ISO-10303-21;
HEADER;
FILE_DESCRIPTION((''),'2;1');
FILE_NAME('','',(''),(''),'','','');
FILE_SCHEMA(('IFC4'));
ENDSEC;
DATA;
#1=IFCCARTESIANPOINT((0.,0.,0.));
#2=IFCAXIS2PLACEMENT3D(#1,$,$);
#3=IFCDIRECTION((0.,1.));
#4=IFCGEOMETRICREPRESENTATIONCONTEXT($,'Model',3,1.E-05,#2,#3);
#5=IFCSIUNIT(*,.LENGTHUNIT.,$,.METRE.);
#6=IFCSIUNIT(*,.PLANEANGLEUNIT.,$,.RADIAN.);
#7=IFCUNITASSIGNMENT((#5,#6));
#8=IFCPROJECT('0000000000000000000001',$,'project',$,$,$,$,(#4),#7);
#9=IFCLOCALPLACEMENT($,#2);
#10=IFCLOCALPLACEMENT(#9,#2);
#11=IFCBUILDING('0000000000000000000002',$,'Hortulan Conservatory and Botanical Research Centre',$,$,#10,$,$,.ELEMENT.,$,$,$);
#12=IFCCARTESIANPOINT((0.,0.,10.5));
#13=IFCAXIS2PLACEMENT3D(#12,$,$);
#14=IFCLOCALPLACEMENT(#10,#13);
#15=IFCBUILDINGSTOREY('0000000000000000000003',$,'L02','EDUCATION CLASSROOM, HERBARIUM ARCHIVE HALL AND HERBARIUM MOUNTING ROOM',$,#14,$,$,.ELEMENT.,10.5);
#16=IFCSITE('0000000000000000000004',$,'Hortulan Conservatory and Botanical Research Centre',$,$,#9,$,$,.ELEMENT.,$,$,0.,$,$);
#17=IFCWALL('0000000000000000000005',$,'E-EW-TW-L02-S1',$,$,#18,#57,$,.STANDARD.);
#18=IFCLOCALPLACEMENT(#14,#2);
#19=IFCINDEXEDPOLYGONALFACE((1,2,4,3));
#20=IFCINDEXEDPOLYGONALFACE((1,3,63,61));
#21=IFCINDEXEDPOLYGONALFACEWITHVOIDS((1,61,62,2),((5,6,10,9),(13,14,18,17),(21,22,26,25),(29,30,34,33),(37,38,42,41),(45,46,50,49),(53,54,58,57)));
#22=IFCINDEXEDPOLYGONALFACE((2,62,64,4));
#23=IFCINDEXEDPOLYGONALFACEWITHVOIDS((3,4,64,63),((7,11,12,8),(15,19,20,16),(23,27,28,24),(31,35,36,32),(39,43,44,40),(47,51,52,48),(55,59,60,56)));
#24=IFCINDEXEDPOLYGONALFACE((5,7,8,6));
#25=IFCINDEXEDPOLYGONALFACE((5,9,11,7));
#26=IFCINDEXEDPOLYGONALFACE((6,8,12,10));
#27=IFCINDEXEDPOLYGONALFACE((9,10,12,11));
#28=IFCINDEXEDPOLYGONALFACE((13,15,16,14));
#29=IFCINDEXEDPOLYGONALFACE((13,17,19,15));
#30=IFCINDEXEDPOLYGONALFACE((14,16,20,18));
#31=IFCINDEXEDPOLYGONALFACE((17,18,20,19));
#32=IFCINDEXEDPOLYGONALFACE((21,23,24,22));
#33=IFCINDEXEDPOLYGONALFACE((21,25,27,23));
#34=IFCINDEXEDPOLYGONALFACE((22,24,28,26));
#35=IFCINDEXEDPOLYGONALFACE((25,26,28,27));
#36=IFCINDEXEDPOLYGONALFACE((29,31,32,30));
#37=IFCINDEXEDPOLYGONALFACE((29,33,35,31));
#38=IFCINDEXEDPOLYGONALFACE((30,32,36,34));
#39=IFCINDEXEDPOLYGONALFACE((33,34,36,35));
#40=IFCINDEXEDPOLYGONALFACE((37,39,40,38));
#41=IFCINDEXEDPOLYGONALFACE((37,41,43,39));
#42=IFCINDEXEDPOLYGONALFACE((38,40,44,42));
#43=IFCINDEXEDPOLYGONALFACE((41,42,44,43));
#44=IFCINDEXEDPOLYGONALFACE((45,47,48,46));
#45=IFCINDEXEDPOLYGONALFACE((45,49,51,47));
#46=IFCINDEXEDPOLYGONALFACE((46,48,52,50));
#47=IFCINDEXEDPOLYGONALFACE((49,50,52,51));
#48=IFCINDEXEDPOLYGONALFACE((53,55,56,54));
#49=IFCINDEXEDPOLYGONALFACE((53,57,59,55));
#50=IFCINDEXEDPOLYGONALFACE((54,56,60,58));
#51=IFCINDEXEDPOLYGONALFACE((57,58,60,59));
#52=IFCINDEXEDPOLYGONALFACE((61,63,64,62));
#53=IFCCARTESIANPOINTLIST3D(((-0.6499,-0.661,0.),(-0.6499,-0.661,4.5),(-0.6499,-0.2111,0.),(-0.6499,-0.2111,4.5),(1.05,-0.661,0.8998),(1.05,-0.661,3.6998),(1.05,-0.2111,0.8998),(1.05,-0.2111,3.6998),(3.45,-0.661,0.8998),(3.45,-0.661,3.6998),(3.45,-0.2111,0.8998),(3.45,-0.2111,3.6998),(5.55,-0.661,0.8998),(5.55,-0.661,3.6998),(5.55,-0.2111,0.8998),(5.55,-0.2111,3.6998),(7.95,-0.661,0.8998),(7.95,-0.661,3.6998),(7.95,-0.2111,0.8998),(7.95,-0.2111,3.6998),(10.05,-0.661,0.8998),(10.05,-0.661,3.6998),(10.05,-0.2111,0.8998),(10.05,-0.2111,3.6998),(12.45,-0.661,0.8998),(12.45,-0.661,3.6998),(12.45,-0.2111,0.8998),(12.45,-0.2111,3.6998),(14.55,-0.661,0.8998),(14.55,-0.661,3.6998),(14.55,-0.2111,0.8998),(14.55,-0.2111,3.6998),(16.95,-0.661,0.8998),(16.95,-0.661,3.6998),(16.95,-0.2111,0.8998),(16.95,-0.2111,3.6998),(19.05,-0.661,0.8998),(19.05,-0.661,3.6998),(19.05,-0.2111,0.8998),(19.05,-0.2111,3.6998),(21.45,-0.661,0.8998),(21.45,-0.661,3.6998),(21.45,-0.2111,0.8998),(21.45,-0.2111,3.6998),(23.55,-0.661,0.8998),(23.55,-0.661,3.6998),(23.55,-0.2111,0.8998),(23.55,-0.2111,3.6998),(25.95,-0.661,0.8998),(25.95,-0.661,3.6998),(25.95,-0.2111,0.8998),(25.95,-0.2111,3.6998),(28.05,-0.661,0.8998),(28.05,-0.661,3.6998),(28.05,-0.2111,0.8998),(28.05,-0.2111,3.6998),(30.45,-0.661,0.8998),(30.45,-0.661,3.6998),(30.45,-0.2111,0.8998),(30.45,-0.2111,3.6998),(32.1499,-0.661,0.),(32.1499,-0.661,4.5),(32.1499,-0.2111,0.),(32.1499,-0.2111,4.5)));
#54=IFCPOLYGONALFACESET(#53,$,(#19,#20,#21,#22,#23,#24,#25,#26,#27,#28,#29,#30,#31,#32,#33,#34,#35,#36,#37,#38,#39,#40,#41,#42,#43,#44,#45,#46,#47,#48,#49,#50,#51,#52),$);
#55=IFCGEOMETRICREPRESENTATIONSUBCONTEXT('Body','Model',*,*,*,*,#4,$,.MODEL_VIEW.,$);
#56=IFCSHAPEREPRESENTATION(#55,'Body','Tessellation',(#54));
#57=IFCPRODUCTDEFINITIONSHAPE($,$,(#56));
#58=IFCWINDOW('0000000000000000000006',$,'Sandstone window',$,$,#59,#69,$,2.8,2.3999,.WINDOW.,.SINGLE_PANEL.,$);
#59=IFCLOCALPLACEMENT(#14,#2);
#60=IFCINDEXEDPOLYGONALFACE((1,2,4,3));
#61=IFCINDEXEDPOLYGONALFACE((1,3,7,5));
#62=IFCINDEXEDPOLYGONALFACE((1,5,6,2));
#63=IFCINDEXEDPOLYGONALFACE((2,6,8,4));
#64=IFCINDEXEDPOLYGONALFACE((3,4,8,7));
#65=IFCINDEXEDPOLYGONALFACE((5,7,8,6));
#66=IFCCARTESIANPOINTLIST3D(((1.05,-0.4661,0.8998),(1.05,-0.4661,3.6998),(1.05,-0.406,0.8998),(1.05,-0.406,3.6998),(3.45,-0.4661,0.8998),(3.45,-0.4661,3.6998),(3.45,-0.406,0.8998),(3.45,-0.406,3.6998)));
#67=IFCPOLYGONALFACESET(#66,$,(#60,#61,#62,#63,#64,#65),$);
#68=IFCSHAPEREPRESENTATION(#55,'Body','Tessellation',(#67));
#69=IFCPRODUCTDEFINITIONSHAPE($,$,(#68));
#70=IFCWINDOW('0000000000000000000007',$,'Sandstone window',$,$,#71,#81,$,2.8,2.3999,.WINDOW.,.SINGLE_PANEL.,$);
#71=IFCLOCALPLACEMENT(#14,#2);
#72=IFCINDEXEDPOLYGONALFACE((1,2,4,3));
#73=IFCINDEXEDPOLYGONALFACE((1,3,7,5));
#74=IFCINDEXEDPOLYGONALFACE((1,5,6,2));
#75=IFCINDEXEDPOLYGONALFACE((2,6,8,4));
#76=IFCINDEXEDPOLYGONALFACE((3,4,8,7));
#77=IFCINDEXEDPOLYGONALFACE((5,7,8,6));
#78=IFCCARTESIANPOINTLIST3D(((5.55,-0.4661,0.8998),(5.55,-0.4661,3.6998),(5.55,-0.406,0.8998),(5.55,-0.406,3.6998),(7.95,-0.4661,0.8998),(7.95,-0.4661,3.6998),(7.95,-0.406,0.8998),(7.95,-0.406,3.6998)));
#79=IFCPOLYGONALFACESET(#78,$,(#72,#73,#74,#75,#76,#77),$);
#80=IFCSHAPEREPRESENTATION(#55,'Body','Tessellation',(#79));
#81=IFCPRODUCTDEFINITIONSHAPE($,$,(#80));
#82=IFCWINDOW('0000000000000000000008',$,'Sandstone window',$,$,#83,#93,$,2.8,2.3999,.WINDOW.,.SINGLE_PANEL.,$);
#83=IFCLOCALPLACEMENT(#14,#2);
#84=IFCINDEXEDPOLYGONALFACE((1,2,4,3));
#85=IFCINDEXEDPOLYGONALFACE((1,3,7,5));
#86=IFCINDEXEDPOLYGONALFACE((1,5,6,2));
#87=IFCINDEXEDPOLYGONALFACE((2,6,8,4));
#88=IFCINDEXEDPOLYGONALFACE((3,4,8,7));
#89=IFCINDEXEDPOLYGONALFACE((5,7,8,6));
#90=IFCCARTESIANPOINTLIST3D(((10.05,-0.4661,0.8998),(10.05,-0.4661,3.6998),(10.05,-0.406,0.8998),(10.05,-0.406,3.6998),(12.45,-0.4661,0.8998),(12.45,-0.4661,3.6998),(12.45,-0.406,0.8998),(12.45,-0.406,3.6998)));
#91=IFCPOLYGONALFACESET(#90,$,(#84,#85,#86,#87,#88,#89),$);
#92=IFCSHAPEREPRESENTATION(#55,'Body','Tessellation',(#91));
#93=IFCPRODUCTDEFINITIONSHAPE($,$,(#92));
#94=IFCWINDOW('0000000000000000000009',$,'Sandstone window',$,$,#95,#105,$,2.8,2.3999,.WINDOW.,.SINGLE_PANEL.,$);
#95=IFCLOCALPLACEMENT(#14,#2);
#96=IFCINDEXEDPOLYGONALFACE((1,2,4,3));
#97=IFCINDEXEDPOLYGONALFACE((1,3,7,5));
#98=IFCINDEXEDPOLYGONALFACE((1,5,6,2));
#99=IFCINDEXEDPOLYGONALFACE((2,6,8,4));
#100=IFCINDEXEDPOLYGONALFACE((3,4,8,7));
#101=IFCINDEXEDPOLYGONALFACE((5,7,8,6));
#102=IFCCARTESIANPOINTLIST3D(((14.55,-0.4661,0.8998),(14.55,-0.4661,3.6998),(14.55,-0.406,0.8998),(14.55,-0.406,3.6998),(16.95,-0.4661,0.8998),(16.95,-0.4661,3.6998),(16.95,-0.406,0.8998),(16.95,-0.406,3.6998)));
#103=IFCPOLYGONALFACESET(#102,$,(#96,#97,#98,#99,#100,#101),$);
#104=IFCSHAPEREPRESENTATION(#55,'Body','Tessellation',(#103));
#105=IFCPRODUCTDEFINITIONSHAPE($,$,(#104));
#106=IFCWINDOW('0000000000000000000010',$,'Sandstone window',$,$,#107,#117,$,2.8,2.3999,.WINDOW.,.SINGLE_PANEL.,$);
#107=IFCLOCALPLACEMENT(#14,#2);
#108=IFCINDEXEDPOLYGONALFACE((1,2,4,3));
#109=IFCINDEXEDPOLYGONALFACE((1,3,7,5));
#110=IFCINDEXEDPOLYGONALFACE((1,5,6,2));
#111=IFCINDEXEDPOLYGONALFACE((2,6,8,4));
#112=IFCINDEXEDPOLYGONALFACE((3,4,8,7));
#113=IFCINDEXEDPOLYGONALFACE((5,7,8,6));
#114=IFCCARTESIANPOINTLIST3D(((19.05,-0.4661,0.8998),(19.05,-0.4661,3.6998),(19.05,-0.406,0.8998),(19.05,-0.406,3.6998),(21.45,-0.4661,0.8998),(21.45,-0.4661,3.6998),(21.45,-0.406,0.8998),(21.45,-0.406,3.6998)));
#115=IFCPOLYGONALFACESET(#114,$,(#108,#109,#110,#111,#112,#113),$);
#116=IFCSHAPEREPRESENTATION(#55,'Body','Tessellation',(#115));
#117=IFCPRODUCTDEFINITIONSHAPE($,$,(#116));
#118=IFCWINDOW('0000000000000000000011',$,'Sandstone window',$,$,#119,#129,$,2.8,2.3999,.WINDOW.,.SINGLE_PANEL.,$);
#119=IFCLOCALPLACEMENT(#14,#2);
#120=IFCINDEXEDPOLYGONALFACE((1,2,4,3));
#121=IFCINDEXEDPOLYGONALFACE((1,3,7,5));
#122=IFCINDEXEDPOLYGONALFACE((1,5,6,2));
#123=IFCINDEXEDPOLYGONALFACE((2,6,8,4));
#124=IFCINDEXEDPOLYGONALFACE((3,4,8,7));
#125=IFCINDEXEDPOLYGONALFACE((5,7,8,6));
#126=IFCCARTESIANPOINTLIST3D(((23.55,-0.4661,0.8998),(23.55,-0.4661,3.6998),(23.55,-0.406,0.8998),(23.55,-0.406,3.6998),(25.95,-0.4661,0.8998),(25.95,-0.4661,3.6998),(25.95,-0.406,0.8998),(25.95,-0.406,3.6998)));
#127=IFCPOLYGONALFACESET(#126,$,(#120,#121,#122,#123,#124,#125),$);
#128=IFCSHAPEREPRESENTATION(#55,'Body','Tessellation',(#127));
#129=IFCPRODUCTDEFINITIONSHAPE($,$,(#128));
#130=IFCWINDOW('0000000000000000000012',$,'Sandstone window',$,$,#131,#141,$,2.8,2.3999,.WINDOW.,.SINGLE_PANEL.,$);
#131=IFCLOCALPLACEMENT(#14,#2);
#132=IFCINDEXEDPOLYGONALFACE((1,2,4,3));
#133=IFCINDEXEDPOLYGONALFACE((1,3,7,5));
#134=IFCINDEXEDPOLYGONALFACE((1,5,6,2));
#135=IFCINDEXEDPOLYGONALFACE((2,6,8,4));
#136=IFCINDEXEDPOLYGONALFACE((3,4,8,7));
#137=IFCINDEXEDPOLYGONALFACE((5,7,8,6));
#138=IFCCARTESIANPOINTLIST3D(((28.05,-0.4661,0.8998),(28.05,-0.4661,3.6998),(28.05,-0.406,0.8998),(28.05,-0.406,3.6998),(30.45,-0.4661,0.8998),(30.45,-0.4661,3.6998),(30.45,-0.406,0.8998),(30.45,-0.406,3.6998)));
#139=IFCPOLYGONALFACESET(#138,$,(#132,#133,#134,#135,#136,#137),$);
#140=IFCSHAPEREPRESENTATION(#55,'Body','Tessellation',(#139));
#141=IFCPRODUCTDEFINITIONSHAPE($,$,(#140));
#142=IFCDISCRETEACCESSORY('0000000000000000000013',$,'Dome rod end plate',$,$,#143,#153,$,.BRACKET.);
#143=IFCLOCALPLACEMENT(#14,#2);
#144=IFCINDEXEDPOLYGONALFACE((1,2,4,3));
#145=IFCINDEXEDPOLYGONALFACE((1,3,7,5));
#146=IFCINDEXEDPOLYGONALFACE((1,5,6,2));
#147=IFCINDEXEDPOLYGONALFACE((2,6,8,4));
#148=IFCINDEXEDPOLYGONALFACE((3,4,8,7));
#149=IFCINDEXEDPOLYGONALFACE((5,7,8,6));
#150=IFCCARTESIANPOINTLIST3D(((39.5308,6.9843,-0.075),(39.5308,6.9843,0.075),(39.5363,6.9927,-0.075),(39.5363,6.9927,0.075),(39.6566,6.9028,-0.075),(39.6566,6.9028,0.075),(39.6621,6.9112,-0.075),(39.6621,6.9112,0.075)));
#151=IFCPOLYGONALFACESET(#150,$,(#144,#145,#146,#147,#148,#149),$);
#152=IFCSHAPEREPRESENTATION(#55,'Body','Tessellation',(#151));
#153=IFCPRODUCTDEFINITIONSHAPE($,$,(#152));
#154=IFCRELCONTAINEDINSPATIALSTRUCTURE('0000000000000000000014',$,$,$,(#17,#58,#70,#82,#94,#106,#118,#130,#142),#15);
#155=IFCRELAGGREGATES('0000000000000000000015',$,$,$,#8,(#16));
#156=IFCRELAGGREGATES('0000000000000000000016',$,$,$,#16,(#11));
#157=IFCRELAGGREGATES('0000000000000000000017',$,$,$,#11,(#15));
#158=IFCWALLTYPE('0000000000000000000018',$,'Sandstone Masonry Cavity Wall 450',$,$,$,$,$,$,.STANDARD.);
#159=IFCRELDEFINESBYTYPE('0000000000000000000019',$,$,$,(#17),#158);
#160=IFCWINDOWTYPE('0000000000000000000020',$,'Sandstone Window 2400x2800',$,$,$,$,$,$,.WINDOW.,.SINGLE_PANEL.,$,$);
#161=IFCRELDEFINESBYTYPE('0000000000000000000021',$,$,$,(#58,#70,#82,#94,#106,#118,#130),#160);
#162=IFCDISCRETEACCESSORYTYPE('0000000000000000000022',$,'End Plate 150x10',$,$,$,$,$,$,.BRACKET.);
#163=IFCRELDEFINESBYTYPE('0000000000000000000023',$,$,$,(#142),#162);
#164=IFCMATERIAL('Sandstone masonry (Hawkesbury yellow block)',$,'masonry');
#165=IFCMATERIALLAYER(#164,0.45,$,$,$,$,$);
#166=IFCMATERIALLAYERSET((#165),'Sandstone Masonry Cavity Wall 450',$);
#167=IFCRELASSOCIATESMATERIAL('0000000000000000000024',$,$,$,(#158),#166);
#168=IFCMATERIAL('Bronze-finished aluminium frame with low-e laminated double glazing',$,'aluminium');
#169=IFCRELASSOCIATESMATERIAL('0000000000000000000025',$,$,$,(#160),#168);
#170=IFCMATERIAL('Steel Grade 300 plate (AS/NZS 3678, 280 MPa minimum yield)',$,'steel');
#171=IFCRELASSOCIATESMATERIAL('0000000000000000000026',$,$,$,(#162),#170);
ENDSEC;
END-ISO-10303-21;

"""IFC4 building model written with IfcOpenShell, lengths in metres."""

from ifc_helpers import new_model, si_unit, direction, frame, frame_2d, origin, origin_2d, place, context, subcontext, project, spatial, rectangle, extrude, material, layer, layer_set, type_object, element, fill, save


model = new_model("IFC4")

# Units and contexts
model_context = context("Model", 3, precision=1e-05, world=origin(), true_north=direction((0.0, 1.0)))
body_context = subcontext(model_context, "Body", "Model", "MODEL_VIEW")
ifc_project = project(units=[si_unit("LENGTHUNIT", "METRE"), si_unit("PLANEANGLEUNIT", "RADIAN")], contexts=[model_context])

# Site, building, storey
site_placement = place(None, origin())
site = spatial("IfcSite", under=ifc_project, at=site_placement, Name="Hortulan Conservatory and Botanical Research Centre", CompositionType="ELEMENT", RefElevation=0.0)
building_placement = place(site_placement, origin())
building = spatial("IfcBuilding", under=site, at=building_placement, Name="Hortulan Conservatory and Botanical Research Centre", CompositionType="ELEMENT")
storey_placement = place(building_placement, frame((0.0, 0.0, 10.5)))
storey = spatial("IfcBuildingStorey", under=building, at=storey_placement, Name="L02", Description="EDUCATION CLASSROOM, HERBARIUM ARCHIVE HALL AND HERBARIUM MOUNTING ROOM", CompositionType="ELEMENT", Elevation=10.5)

# Wall, openings, windows
ifc_material_1 = material(Name="Sandstone masonry (Hawkesbury yellow block)", Category="masonry")
ifc_layer = layer(ifc_material_1, 0.45)
ifc_layer_set = layer_set([ifc_layer], Name="Sandstone Masonry Cavity Wall 450")
wall_type = type_object("IfcWallType", Name="Sandstone Masonry Cavity Wall 450", PredefinedType="STANDARD", material=ifc_layer_set)
wall_placement = place(storey_placement, frame((32.1499, -0.436, 0.0), z_axis=(0.0, 0.0, 1.0), x_axis=(-1.0, 0.0, 0.0)))
wall = element("IfcWall", 1, at=wall_placement, inside=storey, type_object=wall_type, Name="E-EW-TW-L02-S1", PredefinedType="STANDARD", context=body_context, shape_type="SweptSolid", body=[
    extrude(rectangle(XDim=32.7998, YDim=0.45, at=frame_2d((16.3999, 0.0))), origin(), (0.0, 0.0, 1.0), 4.5),
])
opening_1_placement = place(wall_placement, frame((28.7, 0.0, 0.8999)))
opening_1 = element("IfcOpeningElement", 2, at=opening_1_placement, cuts=wall, PredefinedType="OPENING", context=body_context, shape_type="SweptSolid", body=[
    extrude(rectangle(XDim=2.3999, YDim=2.8, at=frame_2d((1.2, 1.3999))), frame((0.0, 0.2349, 0.0), z_axis=(0.0, -1.0, 0.0), x_axis=(1.0, 0.0, 0.0)), (0.0, 0.0, 1.0), 0.47),
])
opening_2_placement = place(wall_placement, frame((24.2, 0.0, 0.8999)))
opening_2 = element("IfcOpeningElement", 3, at=opening_2_placement, cuts=wall, PredefinedType="OPENING", context=body_context, shape_type="SweptSolid", body=[
    extrude(rectangle(XDim=2.3999, YDim=2.8, at=frame_2d((1.2, 1.3999))), frame((0.0, 0.2349, 0.0), z_axis=(0.0, -1.0, 0.0), x_axis=(1.0, 0.0, 0.0)), (0.0, 0.0, 1.0), 0.47),
])
opening_3_placement = place(wall_placement, frame((19.7, 0.0, 0.8999)))
opening_3 = element("IfcOpeningElement", 4, at=opening_3_placement, cuts=wall, PredefinedType="OPENING", context=body_context, shape_type="SweptSolid", body=[
    extrude(rectangle(XDim=2.3999, YDim=2.8, at=frame_2d((1.2, 1.3999))), frame((0.0, 0.2349, 0.0), z_axis=(0.0, -1.0, 0.0), x_axis=(1.0, 0.0, 0.0)), (0.0, 0.0, 1.0), 0.47),
])
opening_4_placement = place(wall_placement, frame((15.2, 0.0, 0.8999)))
opening_4 = element("IfcOpeningElement", 5, at=opening_4_placement, cuts=wall, PredefinedType="OPENING", context=body_context, shape_type="SweptSolid", body=[
    extrude(rectangle(XDim=2.3999, YDim=2.8, at=frame_2d((1.2, 1.3999))), frame((0.0, 0.2349, 0.0), z_axis=(0.0, -1.0, 0.0), x_axis=(1.0, 0.0, 0.0)), (0.0, 0.0, 1.0), 0.47),
])
opening_5_placement = place(wall_placement, frame((10.7, 0.0, 0.8999)))
opening_5 = element("IfcOpeningElement", 6, at=opening_5_placement, cuts=wall, PredefinedType="OPENING", context=body_context, shape_type="SweptSolid", body=[
    extrude(rectangle(XDim=2.3999, YDim=2.8, at=frame_2d((1.2, 1.3999))), frame((0.0, 0.2349, 0.0), z_axis=(0.0, -1.0, 0.0), x_axis=(1.0, 0.0, 0.0)), (0.0, 0.0, 1.0), 0.47),
])
opening_6_placement = place(wall_placement, frame((6.2, 0.0, 0.8999)))
opening_6 = element("IfcOpeningElement", 7, at=opening_6_placement, cuts=wall, PredefinedType="OPENING", context=body_context, shape_type="SweptSolid", body=[
    extrude(rectangle(XDim=2.3999, YDim=2.8, at=frame_2d((1.2, 1.3999))), frame((0.0, 0.2349, 0.0), z_axis=(0.0, -1.0, 0.0), x_axis=(1.0, 0.0, 0.0)), (0.0, 0.0, 1.0), 0.47),
])
opening_7_placement = place(wall_placement, frame((1.7, 0.0, 0.8999)))
opening_7 = element("IfcOpeningElement", 8, at=opening_7_placement, cuts=wall, PredefinedType="OPENING", context=body_context, shape_type="SweptSolid", body=[
    extrude(rectangle(XDim=2.3999, YDim=2.8, at=frame_2d((1.2, 1.3999))), frame((0.0, 0.2349, 0.0), z_axis=(0.0, -1.0, 0.0), x_axis=(1.0, 0.0, 0.0)), (0.0, 0.0, 1.0), 0.47),
])
ifc_material_2 = material(Name="Bronze-finished aluminium frame with low-e laminated double glazing", Category="aluminium")
window_type = type_object("IfcWindowType", Name="Sandstone Window 2400x2800", PartitioningType="SINGLE_PANEL", PredefinedType="WINDOW", material=ifc_material_2)
window_1_placement = place(opening_1_placement, origin())
window_1 = element("IfcWindow", 9, at=window_1_placement, inside=storey, type_object=window_type, Name="Sandstone window", OverallHeight=2.8, OverallWidth=2.3999, PartitioningType="SINGLE_PANEL", PredefinedType="WINDOW", context=body_context, shape_type="SweptSolid", body=[
    extrude(rectangle(XDim=2.3999, YDim=2.8, at=frame_2d((1.2, 1.3999))), frame((0.0, 0.03, 0.0), z_axis=(0.0, -1.0, 0.0), x_axis=(1.0, 0.0, 0.0)), (0.0, 0.0, 1.0), 0.0601),
])
fill(opening_1, window_1)
window_2_placement = place(opening_2_placement, origin())
window_2 = element("IfcWindow", 10, at=window_2_placement, inside=storey, type_object=window_type, Name="Sandstone window", OverallHeight=2.8, OverallWidth=2.3999, PartitioningType="SINGLE_PANEL", PredefinedType="WINDOW", context=body_context, shape_type="SweptSolid", body=[
    extrude(rectangle(XDim=2.3999, YDim=2.8, at=frame_2d((1.2, 1.3999))), frame((0.0, 0.03, 0.0), z_axis=(0.0, -1.0, 0.0), x_axis=(1.0, 0.0, 0.0)), (0.0, 0.0, 1.0), 0.0601),
])
fill(opening_2, window_2)
window_3_placement = place(opening_3_placement, origin())
window_3 = element("IfcWindow", 11, at=window_3_placement, inside=storey, type_object=window_type, Name="Sandstone window", OverallHeight=2.8, OverallWidth=2.3999, PartitioningType="SINGLE_PANEL", PredefinedType="WINDOW", context=body_context, shape_type="SweptSolid", body=[
    extrude(rectangle(XDim=2.3999, YDim=2.8, at=frame_2d((1.2, 1.3999))), frame((0.0, 0.03, 0.0), z_axis=(0.0, -1.0, 0.0), x_axis=(1.0, 0.0, 0.0)), (0.0, 0.0, 1.0), 0.0601),
])
fill(opening_3, window_3)
window_4_placement = place(opening_4_placement, origin())
window_4 = element("IfcWindow", 12, at=window_4_placement, inside=storey, type_object=window_type, Name="Sandstone window", OverallHeight=2.8, OverallWidth=2.3999, PartitioningType="SINGLE_PANEL", PredefinedType="WINDOW", context=body_context, shape_type="SweptSolid", body=[
    extrude(rectangle(XDim=2.3999, YDim=2.8, at=frame_2d((1.2, 1.3999))), frame((0.0, 0.03, 0.0), z_axis=(0.0, -1.0, 0.0), x_axis=(1.0, 0.0, 0.0)), (0.0, 0.0, 1.0), 0.0601),
])
fill(opening_4, window_4)
window_5_placement = place(opening_5_placement, origin())
window_5 = element("IfcWindow", 13, at=window_5_placement, inside=storey, type_object=window_type, Name="Sandstone window", OverallHeight=2.8, OverallWidth=2.3999, PartitioningType="SINGLE_PANEL", PredefinedType="WINDOW", context=body_context, shape_type="SweptSolid", body=[
    extrude(rectangle(XDim=2.3999, YDim=2.8, at=frame_2d((1.2, 1.3999))), frame((0.0, 0.03, 0.0), z_axis=(0.0, -1.0, 0.0), x_axis=(1.0, 0.0, 0.0)), (0.0, 0.0, 1.0), 0.0601),
])
fill(opening_5, window_5)
window_6_placement = place(opening_6_placement, origin())
window_6 = element("IfcWindow", 14, at=window_6_placement, inside=storey, type_object=window_type, Name="Sandstone window", OverallHeight=2.8, OverallWidth=2.3999, PartitioningType="SINGLE_PANEL", PredefinedType="WINDOW", context=body_context, shape_type="SweptSolid", body=[
    extrude(rectangle(XDim=2.3999, YDim=2.8, at=frame_2d((1.2, 1.3999))), frame((0.0, 0.03, 0.0), z_axis=(0.0, -1.0, 0.0), x_axis=(1.0, 0.0, 0.0)), (0.0, 0.0, 1.0), 0.0601),
])
fill(opening_6, window_6)
window_7_placement = place(opening_7_placement, origin())
window_7 = element("IfcWindow", 15, at=window_7_placement, inside=storey, type_object=window_type, Name="Sandstone window", OverallHeight=2.8, OverallWidth=2.3999, PartitioningType="SINGLE_PANEL", PredefinedType="WINDOW", context=body_context, shape_type="SweptSolid", body=[
    extrude(rectangle(XDim=2.3999, YDim=2.8, at=frame_2d((1.2, 1.3999))), frame((0.0, 0.03, 0.0), z_axis=(0.0, -1.0, 0.0), x_axis=(1.0, 0.0, 0.0)), (0.0, 0.0, 1.0), 0.0601),
])
fill(opening_7, window_7)

# Discrete accessory
ifc_material_3 = material(Name="Steel Grade 300 plate (AS/NZS 3678, 280 MPa minimum yield)", Category="steel")
discrete_accessory_type = type_object("IfcDiscreteAccessoryType", Name="End Plate 150x10", PredefinedType="BRACKET", material=ifc_material_3)
discrete_accessory_placement = place(storey_placement, frame((39.5964, 6.9478, -0.075), z_axis=(0.0, 0.0, 1.0), x_axis=(0.839117, -0.543951, 0.0)))
element("IfcDiscreteAccessory", 16, at=discrete_accessory_placement, inside=storey, type_object=discrete_accessory_type, Name="Dome rod end plate", PredefinedType="BRACKET", context=body_context, shape_type="SweptSolid", body=[
    extrude(rectangle(XDim=0.1499, YDim=0.01, at=origin_2d()), origin(), (0.0, 0.0, 1.0), 0.1499),
])

save(model, "model.ifc")
